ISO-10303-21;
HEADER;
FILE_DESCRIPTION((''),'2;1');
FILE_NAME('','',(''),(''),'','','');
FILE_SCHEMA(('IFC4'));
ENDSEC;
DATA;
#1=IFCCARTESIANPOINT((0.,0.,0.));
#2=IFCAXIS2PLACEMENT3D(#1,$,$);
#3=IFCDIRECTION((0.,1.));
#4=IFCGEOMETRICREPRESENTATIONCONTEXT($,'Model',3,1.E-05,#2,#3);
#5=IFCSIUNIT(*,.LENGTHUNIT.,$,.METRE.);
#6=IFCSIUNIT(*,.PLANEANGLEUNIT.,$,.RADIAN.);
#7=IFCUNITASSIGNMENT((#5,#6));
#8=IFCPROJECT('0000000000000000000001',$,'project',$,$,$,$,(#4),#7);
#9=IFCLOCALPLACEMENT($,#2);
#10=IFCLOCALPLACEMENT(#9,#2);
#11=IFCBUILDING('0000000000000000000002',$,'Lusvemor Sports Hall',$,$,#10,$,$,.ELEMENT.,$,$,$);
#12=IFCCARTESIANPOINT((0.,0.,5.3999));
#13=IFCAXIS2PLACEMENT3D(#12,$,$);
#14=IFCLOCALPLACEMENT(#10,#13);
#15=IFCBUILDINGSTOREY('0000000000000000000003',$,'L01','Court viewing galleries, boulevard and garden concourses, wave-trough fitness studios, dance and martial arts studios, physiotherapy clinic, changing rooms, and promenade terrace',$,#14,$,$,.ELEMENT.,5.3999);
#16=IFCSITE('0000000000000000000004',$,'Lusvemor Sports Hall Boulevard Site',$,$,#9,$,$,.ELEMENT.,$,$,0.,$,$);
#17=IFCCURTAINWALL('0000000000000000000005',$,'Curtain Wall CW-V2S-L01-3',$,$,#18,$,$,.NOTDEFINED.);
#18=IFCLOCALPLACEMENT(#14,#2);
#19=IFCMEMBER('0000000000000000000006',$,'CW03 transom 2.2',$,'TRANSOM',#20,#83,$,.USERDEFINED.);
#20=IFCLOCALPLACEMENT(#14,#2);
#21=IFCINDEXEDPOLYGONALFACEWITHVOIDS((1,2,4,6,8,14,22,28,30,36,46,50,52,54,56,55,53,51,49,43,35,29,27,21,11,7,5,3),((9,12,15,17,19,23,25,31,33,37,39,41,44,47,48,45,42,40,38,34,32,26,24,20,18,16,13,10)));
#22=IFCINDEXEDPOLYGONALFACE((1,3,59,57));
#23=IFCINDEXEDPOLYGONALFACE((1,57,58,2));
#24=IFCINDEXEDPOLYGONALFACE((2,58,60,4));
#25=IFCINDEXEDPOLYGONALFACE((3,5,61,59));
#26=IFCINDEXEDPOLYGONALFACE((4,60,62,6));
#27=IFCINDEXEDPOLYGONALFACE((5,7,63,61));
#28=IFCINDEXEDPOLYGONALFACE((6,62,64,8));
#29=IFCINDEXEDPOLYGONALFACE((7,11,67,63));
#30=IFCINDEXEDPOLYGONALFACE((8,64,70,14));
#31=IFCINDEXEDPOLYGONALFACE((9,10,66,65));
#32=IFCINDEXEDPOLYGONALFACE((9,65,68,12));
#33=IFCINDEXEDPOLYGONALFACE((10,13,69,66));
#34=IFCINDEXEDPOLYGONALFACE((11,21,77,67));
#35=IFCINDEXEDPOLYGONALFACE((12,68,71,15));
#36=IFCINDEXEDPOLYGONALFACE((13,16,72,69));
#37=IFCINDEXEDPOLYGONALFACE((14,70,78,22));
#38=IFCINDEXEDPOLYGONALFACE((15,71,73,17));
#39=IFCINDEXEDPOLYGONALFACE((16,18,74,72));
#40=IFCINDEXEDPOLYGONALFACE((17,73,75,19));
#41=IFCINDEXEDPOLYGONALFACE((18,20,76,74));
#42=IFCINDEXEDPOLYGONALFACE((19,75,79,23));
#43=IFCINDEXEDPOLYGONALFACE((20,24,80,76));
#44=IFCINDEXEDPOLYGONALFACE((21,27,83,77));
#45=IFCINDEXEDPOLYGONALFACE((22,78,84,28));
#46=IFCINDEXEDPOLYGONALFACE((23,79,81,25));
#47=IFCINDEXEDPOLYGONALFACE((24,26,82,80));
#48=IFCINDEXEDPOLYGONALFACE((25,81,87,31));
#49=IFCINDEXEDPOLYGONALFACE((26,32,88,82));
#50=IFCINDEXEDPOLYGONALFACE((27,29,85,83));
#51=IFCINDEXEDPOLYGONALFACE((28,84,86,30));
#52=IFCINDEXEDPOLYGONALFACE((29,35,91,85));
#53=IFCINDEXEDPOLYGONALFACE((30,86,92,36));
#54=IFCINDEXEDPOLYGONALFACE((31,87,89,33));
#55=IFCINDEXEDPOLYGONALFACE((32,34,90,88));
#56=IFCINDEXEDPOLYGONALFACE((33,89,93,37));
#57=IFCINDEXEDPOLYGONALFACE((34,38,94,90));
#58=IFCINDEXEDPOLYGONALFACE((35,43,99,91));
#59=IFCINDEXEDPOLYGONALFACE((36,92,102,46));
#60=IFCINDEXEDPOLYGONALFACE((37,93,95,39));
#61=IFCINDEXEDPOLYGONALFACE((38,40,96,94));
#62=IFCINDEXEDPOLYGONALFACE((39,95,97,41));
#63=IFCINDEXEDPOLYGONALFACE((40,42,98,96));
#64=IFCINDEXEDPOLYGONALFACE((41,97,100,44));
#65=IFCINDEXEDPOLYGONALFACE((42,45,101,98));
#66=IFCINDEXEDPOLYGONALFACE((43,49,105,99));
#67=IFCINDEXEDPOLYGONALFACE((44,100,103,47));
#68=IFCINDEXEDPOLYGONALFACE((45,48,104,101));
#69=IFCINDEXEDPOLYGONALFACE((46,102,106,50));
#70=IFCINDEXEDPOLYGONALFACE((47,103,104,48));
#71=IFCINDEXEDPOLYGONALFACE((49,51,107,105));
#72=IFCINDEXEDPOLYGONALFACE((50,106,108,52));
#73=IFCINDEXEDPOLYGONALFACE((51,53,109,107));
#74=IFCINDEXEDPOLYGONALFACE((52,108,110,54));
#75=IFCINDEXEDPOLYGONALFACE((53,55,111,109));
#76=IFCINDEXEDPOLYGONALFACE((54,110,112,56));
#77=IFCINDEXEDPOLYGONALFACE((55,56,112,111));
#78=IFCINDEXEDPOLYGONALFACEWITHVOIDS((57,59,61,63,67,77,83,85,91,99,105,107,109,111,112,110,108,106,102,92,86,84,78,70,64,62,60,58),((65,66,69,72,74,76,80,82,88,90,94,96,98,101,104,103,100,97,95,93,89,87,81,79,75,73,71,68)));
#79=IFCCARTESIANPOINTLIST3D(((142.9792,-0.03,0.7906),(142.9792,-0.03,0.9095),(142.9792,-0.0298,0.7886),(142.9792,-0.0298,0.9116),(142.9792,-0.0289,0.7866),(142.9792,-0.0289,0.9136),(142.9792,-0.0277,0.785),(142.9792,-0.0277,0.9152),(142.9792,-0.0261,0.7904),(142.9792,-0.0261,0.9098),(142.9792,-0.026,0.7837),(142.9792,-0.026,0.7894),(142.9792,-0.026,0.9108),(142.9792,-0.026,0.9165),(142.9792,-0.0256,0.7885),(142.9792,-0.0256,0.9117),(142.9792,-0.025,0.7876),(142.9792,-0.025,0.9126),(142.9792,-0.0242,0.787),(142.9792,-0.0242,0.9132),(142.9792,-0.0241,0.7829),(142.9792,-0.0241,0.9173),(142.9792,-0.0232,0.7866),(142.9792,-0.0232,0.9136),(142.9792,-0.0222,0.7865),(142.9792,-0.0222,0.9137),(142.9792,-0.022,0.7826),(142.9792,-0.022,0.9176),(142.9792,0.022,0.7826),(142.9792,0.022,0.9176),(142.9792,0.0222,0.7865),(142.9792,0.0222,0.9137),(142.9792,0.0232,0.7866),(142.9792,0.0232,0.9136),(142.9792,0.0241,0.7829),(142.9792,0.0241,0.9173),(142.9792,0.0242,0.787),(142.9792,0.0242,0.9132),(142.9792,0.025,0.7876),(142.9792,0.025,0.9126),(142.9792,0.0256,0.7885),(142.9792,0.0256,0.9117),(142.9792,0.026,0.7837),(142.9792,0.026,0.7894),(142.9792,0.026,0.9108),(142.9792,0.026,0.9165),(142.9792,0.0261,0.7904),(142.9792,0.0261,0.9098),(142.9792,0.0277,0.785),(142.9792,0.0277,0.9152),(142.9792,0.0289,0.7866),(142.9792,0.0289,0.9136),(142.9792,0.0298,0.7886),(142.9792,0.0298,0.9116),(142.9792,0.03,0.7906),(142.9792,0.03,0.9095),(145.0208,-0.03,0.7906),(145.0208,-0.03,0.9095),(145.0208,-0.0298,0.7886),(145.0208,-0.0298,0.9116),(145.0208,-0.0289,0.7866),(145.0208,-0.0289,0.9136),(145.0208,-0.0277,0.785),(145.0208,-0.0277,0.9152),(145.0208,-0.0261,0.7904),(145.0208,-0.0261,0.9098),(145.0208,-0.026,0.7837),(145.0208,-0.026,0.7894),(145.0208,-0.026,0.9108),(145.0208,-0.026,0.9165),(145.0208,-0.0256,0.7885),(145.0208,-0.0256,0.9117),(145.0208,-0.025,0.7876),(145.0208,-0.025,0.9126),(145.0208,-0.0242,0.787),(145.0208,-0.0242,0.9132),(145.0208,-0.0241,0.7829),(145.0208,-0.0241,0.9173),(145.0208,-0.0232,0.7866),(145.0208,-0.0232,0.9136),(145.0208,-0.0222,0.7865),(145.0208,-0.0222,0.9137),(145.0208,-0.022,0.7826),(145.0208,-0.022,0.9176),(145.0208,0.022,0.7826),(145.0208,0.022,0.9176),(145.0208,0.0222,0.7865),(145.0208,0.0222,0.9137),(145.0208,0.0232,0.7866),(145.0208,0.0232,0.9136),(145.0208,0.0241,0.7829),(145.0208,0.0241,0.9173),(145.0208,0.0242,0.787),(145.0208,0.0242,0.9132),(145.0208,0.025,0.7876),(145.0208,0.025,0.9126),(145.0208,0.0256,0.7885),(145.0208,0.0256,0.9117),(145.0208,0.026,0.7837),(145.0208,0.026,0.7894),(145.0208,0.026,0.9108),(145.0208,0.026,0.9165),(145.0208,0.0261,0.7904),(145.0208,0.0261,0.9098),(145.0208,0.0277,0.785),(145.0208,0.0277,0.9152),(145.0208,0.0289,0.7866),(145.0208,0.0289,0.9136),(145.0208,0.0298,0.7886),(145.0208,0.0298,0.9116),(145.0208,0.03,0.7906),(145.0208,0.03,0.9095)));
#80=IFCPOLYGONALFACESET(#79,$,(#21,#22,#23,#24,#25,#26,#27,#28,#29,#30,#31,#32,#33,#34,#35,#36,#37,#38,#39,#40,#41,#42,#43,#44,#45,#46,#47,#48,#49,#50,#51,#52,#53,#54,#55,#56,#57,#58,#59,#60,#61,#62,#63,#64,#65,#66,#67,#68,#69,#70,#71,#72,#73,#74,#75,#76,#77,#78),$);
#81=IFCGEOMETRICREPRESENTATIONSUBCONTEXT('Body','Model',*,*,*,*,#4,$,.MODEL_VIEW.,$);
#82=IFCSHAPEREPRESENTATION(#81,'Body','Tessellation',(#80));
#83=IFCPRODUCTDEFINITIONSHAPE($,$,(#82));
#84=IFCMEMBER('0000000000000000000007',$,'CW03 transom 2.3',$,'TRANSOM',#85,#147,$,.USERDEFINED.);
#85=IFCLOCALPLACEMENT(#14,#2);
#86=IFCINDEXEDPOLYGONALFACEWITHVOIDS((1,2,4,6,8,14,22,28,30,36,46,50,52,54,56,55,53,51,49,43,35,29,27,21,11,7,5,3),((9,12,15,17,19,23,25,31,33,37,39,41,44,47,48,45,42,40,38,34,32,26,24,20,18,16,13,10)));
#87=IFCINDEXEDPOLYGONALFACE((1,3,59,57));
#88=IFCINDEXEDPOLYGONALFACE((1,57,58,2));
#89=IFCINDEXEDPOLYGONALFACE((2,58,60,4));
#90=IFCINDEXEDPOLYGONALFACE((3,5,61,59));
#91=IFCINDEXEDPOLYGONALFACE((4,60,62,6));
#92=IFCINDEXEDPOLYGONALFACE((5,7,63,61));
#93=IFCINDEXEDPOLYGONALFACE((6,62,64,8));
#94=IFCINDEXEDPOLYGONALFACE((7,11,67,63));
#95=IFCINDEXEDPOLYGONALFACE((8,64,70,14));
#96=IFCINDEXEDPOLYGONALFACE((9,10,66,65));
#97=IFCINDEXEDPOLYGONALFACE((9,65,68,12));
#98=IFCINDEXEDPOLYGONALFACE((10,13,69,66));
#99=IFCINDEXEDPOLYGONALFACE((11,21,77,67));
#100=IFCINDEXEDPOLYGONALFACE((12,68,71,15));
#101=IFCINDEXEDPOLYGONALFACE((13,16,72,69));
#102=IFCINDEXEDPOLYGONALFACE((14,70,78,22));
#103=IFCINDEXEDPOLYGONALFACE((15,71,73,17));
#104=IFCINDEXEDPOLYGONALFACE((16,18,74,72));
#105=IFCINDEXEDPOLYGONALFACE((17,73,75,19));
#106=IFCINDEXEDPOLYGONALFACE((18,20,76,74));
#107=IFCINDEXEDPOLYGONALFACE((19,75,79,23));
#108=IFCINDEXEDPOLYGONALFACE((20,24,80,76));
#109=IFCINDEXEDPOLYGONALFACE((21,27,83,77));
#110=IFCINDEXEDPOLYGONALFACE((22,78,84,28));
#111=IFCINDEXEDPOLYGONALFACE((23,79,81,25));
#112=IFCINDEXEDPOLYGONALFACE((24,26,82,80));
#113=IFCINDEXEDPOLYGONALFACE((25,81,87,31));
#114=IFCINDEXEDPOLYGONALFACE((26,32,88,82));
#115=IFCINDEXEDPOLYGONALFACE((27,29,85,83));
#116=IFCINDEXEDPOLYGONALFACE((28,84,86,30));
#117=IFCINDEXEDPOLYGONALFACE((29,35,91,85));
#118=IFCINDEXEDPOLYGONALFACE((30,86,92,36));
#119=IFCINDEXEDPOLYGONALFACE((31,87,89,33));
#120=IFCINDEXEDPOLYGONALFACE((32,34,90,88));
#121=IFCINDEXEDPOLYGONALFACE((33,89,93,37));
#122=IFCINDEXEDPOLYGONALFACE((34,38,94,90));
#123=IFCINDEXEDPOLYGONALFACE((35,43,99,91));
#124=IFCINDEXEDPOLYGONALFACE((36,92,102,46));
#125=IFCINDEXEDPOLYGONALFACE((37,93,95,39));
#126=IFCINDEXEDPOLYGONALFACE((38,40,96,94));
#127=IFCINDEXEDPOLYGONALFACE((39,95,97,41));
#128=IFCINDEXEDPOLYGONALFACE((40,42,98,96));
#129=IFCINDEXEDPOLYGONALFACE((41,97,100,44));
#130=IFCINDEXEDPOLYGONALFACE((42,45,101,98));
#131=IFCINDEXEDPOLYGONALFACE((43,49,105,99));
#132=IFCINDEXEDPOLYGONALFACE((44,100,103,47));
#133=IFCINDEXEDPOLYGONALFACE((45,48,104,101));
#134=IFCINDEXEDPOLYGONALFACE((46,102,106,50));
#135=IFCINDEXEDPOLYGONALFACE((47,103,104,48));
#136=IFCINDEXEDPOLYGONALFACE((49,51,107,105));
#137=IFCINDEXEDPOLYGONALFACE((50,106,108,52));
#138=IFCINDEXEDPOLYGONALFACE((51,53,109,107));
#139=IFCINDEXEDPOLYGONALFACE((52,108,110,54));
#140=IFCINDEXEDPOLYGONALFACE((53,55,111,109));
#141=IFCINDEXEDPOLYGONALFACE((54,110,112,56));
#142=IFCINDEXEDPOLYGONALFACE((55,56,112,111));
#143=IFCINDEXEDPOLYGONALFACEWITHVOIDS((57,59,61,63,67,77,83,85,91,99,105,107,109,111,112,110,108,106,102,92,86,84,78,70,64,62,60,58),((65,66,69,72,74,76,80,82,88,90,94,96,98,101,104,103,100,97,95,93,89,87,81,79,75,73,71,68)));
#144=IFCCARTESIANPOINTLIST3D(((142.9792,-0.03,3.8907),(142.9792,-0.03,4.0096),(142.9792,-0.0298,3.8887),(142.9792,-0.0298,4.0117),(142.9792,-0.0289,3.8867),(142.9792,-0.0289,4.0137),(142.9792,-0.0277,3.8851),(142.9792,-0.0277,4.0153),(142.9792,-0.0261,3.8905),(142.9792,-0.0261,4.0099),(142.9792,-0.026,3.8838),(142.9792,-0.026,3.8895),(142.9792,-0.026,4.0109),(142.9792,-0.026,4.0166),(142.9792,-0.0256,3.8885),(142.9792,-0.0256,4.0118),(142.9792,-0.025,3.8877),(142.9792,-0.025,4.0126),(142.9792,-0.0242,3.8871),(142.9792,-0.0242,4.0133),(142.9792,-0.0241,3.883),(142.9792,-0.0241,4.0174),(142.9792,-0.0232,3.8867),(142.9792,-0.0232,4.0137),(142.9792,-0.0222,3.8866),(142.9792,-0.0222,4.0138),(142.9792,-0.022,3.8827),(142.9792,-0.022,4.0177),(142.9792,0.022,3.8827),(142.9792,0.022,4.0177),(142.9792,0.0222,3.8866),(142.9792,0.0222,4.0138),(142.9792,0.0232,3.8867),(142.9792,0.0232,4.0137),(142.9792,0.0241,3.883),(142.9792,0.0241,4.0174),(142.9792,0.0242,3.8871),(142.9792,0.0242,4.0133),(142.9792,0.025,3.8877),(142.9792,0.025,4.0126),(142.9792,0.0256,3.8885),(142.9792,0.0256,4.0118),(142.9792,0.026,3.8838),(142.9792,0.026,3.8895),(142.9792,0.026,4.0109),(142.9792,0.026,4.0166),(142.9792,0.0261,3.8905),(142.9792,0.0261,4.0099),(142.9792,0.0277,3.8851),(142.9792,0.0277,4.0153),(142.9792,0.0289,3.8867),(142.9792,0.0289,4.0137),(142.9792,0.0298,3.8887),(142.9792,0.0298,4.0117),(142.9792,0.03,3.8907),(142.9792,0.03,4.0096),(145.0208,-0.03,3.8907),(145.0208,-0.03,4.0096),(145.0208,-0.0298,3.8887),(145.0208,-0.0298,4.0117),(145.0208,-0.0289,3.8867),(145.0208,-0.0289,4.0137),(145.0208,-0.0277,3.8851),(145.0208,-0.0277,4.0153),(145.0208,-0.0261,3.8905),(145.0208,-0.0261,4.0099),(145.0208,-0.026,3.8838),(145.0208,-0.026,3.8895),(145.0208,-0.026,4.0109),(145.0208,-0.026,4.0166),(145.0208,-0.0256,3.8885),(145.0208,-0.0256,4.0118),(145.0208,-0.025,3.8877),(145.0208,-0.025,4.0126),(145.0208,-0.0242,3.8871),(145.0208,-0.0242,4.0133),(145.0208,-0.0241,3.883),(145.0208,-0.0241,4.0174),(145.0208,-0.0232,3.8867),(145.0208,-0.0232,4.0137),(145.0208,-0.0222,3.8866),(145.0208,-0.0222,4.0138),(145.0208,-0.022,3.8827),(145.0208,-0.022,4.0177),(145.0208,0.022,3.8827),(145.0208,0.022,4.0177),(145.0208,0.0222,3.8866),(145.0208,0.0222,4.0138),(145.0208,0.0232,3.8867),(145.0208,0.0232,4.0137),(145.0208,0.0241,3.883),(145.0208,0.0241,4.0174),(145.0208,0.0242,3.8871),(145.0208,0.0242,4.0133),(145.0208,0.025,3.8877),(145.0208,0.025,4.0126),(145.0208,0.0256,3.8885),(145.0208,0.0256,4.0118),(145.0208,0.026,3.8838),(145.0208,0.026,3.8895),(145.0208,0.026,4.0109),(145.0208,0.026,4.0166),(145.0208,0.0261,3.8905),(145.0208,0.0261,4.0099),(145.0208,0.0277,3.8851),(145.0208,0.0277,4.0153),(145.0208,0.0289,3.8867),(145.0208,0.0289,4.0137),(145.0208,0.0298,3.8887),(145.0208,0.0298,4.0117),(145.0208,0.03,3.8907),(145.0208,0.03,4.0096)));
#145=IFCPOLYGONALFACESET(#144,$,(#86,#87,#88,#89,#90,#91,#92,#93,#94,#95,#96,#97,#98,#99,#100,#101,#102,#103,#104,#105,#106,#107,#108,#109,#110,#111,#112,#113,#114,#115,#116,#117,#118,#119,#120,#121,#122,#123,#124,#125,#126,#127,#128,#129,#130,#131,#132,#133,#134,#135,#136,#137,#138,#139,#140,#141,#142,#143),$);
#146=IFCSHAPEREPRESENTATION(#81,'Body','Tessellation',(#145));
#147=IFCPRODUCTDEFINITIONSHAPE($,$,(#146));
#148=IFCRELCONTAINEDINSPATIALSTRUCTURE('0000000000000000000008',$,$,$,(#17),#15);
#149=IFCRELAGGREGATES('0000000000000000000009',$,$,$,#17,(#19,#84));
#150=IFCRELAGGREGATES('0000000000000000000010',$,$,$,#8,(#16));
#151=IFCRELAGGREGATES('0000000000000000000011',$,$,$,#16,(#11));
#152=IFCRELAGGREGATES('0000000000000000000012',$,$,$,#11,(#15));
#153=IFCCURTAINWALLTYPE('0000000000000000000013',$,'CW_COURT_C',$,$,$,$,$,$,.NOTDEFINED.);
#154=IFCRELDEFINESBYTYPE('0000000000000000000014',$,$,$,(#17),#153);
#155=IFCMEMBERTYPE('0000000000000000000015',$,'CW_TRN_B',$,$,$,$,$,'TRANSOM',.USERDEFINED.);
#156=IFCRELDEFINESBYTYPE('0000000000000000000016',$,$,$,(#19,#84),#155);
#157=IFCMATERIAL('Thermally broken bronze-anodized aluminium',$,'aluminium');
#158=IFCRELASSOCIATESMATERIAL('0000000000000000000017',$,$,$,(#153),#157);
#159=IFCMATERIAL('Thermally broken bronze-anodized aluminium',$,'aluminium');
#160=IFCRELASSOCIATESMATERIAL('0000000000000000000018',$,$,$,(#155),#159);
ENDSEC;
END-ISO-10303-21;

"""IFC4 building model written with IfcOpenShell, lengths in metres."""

from ifc_helpers import new_model, si_unit, direction, frame, origin, origin_2d, place, context, subcontext, project, spatial, hollow_rectangle, extrude, material, material_profile, profile_set, type_object, element, aggregate, save


model = new_model("IFC4")

# Units and contexts
model_context = context("Model", 3, precision=1e-05, world=origin(), true_north=direction((0.0, 1.0)))
body_context = subcontext(model_context, "Body", "Model", "MODEL_VIEW")
ifc_project = project(units=[si_unit("LENGTHUNIT", "METRE"), si_unit("PLANEANGLEUNIT", "RADIAN")], contexts=[model_context])

# Site, building, storey
site_placement = place(None, origin())
site = spatial("IfcSite", under=ifc_project, at=site_placement, Name="Lusvemor Sports Hall Boulevard Site", CompositionType="ELEMENT", RefElevation=0.0)
building_placement = place(site_placement, origin())
building = spatial("IfcBuilding", under=site, at=building_placement, Name="Lusvemor Sports Hall", CompositionType="ELEMENT")
storey_placement = place(building_placement, frame((0.0, 0.0, 5.3999)))
storey = spatial("IfcBuildingStorey", under=building, at=storey_placement, Name="L01", Description="Court viewing galleries, boulevard and garden concourses, wave-trough fitness studios, dance and martial arts studios, physiotherapy clinic, changing rooms, and promenade terrace", CompositionType="ELEMENT", Elevation=5.3999)

# Shared definitions
ifc_material_1 = material(Name="Thermally broken bronze-anodized aluminium", Category="aluminium")
curtain_wall_type = type_object("IfcCurtainWallType", Name="CW_COURT_C", PredefinedType="NOTDEFINED", material=ifc_material_1)

# Curtain wall
curtain_wall_1_placement = place(storey_placement, origin())
curtain_wall_1 = element("IfcCurtainWall", 1, at=curtain_wall_1_placement, inside=storey, type_object=curtain_wall_type, Name="Curtain Wall CW-V2S-L01-3", PredefinedType="NOTDEFINED")

# Members
ifc_material_2 = material(Name="Thermally broken bronze-anodized aluminium", Category="aluminium")
ifc_material_profile_1 = material_profile(ifc_material_2, hollow_rectangle(XDim=0.0601, YDim=0.135, WallThickness=0.0039, InnerFilletRadius=0.0039, OuterFilletRadius=0.0081, at=origin_2d()), Name="CWTRN135x60x4")
ifc_profile_set_1 = profile_set([ifc_material_profile_1], Name="Thermally broken bronze-anodized aluminium")
member_type_1 = type_object("IfcMemberType", Name="CW_TRN_B", ElementType="TRANSOM", PredefinedType="USERDEFINED", material=ifc_profile_set_1)
member_1_placement = place(storey_placement, frame((145.0208, 0.0, 0.8501), z_axis=(-1.0, 0.0, 0.0), x_axis=(0.0, -1.0, 0.0)))
member_1 = element("IfcMember", 2, at=member_1_placement, type_object=member_type_1, Name="CW03 transom 2.2", ObjectType="TRANSOM", PredefinedType="USERDEFINED", context=body_context, shape_type="SweptSolid", body=[
    extrude(hollow_rectangle(XDim=0.0601, YDim=0.135, WallThickness=0.0039, InnerFilletRadius=0.0039, OuterFilletRadius=0.0081, at=origin_2d()), origin(), (0.0, 0.0, 1.0), 2.0415),
])
member_2_placement = place(storey_placement, frame((145.0208, 0.0, 3.9502), z_axis=(-1.0, 0.0, 0.0), x_axis=(0.0, -1.0, 0.0)))
member_2 = element("IfcMember", 3, at=member_2_placement, type_object=member_type_1, Name="CW03 transom 2.3", ObjectType="TRANSOM", PredefinedType="USERDEFINED", context=body_context, shape_type="SweptSolid", body=[
    extrude(hollow_rectangle(XDim=0.0601, YDim=0.135, WallThickness=0.0039, InnerFilletRadius=0.0039, OuterFilletRadius=0.0081, at=origin_2d()), origin(), (0.0, 0.0, 1.0), 2.0415),
])

aggregate(curtain_wall_1, [member_1, member_2])

save(model, "model.ifc")
